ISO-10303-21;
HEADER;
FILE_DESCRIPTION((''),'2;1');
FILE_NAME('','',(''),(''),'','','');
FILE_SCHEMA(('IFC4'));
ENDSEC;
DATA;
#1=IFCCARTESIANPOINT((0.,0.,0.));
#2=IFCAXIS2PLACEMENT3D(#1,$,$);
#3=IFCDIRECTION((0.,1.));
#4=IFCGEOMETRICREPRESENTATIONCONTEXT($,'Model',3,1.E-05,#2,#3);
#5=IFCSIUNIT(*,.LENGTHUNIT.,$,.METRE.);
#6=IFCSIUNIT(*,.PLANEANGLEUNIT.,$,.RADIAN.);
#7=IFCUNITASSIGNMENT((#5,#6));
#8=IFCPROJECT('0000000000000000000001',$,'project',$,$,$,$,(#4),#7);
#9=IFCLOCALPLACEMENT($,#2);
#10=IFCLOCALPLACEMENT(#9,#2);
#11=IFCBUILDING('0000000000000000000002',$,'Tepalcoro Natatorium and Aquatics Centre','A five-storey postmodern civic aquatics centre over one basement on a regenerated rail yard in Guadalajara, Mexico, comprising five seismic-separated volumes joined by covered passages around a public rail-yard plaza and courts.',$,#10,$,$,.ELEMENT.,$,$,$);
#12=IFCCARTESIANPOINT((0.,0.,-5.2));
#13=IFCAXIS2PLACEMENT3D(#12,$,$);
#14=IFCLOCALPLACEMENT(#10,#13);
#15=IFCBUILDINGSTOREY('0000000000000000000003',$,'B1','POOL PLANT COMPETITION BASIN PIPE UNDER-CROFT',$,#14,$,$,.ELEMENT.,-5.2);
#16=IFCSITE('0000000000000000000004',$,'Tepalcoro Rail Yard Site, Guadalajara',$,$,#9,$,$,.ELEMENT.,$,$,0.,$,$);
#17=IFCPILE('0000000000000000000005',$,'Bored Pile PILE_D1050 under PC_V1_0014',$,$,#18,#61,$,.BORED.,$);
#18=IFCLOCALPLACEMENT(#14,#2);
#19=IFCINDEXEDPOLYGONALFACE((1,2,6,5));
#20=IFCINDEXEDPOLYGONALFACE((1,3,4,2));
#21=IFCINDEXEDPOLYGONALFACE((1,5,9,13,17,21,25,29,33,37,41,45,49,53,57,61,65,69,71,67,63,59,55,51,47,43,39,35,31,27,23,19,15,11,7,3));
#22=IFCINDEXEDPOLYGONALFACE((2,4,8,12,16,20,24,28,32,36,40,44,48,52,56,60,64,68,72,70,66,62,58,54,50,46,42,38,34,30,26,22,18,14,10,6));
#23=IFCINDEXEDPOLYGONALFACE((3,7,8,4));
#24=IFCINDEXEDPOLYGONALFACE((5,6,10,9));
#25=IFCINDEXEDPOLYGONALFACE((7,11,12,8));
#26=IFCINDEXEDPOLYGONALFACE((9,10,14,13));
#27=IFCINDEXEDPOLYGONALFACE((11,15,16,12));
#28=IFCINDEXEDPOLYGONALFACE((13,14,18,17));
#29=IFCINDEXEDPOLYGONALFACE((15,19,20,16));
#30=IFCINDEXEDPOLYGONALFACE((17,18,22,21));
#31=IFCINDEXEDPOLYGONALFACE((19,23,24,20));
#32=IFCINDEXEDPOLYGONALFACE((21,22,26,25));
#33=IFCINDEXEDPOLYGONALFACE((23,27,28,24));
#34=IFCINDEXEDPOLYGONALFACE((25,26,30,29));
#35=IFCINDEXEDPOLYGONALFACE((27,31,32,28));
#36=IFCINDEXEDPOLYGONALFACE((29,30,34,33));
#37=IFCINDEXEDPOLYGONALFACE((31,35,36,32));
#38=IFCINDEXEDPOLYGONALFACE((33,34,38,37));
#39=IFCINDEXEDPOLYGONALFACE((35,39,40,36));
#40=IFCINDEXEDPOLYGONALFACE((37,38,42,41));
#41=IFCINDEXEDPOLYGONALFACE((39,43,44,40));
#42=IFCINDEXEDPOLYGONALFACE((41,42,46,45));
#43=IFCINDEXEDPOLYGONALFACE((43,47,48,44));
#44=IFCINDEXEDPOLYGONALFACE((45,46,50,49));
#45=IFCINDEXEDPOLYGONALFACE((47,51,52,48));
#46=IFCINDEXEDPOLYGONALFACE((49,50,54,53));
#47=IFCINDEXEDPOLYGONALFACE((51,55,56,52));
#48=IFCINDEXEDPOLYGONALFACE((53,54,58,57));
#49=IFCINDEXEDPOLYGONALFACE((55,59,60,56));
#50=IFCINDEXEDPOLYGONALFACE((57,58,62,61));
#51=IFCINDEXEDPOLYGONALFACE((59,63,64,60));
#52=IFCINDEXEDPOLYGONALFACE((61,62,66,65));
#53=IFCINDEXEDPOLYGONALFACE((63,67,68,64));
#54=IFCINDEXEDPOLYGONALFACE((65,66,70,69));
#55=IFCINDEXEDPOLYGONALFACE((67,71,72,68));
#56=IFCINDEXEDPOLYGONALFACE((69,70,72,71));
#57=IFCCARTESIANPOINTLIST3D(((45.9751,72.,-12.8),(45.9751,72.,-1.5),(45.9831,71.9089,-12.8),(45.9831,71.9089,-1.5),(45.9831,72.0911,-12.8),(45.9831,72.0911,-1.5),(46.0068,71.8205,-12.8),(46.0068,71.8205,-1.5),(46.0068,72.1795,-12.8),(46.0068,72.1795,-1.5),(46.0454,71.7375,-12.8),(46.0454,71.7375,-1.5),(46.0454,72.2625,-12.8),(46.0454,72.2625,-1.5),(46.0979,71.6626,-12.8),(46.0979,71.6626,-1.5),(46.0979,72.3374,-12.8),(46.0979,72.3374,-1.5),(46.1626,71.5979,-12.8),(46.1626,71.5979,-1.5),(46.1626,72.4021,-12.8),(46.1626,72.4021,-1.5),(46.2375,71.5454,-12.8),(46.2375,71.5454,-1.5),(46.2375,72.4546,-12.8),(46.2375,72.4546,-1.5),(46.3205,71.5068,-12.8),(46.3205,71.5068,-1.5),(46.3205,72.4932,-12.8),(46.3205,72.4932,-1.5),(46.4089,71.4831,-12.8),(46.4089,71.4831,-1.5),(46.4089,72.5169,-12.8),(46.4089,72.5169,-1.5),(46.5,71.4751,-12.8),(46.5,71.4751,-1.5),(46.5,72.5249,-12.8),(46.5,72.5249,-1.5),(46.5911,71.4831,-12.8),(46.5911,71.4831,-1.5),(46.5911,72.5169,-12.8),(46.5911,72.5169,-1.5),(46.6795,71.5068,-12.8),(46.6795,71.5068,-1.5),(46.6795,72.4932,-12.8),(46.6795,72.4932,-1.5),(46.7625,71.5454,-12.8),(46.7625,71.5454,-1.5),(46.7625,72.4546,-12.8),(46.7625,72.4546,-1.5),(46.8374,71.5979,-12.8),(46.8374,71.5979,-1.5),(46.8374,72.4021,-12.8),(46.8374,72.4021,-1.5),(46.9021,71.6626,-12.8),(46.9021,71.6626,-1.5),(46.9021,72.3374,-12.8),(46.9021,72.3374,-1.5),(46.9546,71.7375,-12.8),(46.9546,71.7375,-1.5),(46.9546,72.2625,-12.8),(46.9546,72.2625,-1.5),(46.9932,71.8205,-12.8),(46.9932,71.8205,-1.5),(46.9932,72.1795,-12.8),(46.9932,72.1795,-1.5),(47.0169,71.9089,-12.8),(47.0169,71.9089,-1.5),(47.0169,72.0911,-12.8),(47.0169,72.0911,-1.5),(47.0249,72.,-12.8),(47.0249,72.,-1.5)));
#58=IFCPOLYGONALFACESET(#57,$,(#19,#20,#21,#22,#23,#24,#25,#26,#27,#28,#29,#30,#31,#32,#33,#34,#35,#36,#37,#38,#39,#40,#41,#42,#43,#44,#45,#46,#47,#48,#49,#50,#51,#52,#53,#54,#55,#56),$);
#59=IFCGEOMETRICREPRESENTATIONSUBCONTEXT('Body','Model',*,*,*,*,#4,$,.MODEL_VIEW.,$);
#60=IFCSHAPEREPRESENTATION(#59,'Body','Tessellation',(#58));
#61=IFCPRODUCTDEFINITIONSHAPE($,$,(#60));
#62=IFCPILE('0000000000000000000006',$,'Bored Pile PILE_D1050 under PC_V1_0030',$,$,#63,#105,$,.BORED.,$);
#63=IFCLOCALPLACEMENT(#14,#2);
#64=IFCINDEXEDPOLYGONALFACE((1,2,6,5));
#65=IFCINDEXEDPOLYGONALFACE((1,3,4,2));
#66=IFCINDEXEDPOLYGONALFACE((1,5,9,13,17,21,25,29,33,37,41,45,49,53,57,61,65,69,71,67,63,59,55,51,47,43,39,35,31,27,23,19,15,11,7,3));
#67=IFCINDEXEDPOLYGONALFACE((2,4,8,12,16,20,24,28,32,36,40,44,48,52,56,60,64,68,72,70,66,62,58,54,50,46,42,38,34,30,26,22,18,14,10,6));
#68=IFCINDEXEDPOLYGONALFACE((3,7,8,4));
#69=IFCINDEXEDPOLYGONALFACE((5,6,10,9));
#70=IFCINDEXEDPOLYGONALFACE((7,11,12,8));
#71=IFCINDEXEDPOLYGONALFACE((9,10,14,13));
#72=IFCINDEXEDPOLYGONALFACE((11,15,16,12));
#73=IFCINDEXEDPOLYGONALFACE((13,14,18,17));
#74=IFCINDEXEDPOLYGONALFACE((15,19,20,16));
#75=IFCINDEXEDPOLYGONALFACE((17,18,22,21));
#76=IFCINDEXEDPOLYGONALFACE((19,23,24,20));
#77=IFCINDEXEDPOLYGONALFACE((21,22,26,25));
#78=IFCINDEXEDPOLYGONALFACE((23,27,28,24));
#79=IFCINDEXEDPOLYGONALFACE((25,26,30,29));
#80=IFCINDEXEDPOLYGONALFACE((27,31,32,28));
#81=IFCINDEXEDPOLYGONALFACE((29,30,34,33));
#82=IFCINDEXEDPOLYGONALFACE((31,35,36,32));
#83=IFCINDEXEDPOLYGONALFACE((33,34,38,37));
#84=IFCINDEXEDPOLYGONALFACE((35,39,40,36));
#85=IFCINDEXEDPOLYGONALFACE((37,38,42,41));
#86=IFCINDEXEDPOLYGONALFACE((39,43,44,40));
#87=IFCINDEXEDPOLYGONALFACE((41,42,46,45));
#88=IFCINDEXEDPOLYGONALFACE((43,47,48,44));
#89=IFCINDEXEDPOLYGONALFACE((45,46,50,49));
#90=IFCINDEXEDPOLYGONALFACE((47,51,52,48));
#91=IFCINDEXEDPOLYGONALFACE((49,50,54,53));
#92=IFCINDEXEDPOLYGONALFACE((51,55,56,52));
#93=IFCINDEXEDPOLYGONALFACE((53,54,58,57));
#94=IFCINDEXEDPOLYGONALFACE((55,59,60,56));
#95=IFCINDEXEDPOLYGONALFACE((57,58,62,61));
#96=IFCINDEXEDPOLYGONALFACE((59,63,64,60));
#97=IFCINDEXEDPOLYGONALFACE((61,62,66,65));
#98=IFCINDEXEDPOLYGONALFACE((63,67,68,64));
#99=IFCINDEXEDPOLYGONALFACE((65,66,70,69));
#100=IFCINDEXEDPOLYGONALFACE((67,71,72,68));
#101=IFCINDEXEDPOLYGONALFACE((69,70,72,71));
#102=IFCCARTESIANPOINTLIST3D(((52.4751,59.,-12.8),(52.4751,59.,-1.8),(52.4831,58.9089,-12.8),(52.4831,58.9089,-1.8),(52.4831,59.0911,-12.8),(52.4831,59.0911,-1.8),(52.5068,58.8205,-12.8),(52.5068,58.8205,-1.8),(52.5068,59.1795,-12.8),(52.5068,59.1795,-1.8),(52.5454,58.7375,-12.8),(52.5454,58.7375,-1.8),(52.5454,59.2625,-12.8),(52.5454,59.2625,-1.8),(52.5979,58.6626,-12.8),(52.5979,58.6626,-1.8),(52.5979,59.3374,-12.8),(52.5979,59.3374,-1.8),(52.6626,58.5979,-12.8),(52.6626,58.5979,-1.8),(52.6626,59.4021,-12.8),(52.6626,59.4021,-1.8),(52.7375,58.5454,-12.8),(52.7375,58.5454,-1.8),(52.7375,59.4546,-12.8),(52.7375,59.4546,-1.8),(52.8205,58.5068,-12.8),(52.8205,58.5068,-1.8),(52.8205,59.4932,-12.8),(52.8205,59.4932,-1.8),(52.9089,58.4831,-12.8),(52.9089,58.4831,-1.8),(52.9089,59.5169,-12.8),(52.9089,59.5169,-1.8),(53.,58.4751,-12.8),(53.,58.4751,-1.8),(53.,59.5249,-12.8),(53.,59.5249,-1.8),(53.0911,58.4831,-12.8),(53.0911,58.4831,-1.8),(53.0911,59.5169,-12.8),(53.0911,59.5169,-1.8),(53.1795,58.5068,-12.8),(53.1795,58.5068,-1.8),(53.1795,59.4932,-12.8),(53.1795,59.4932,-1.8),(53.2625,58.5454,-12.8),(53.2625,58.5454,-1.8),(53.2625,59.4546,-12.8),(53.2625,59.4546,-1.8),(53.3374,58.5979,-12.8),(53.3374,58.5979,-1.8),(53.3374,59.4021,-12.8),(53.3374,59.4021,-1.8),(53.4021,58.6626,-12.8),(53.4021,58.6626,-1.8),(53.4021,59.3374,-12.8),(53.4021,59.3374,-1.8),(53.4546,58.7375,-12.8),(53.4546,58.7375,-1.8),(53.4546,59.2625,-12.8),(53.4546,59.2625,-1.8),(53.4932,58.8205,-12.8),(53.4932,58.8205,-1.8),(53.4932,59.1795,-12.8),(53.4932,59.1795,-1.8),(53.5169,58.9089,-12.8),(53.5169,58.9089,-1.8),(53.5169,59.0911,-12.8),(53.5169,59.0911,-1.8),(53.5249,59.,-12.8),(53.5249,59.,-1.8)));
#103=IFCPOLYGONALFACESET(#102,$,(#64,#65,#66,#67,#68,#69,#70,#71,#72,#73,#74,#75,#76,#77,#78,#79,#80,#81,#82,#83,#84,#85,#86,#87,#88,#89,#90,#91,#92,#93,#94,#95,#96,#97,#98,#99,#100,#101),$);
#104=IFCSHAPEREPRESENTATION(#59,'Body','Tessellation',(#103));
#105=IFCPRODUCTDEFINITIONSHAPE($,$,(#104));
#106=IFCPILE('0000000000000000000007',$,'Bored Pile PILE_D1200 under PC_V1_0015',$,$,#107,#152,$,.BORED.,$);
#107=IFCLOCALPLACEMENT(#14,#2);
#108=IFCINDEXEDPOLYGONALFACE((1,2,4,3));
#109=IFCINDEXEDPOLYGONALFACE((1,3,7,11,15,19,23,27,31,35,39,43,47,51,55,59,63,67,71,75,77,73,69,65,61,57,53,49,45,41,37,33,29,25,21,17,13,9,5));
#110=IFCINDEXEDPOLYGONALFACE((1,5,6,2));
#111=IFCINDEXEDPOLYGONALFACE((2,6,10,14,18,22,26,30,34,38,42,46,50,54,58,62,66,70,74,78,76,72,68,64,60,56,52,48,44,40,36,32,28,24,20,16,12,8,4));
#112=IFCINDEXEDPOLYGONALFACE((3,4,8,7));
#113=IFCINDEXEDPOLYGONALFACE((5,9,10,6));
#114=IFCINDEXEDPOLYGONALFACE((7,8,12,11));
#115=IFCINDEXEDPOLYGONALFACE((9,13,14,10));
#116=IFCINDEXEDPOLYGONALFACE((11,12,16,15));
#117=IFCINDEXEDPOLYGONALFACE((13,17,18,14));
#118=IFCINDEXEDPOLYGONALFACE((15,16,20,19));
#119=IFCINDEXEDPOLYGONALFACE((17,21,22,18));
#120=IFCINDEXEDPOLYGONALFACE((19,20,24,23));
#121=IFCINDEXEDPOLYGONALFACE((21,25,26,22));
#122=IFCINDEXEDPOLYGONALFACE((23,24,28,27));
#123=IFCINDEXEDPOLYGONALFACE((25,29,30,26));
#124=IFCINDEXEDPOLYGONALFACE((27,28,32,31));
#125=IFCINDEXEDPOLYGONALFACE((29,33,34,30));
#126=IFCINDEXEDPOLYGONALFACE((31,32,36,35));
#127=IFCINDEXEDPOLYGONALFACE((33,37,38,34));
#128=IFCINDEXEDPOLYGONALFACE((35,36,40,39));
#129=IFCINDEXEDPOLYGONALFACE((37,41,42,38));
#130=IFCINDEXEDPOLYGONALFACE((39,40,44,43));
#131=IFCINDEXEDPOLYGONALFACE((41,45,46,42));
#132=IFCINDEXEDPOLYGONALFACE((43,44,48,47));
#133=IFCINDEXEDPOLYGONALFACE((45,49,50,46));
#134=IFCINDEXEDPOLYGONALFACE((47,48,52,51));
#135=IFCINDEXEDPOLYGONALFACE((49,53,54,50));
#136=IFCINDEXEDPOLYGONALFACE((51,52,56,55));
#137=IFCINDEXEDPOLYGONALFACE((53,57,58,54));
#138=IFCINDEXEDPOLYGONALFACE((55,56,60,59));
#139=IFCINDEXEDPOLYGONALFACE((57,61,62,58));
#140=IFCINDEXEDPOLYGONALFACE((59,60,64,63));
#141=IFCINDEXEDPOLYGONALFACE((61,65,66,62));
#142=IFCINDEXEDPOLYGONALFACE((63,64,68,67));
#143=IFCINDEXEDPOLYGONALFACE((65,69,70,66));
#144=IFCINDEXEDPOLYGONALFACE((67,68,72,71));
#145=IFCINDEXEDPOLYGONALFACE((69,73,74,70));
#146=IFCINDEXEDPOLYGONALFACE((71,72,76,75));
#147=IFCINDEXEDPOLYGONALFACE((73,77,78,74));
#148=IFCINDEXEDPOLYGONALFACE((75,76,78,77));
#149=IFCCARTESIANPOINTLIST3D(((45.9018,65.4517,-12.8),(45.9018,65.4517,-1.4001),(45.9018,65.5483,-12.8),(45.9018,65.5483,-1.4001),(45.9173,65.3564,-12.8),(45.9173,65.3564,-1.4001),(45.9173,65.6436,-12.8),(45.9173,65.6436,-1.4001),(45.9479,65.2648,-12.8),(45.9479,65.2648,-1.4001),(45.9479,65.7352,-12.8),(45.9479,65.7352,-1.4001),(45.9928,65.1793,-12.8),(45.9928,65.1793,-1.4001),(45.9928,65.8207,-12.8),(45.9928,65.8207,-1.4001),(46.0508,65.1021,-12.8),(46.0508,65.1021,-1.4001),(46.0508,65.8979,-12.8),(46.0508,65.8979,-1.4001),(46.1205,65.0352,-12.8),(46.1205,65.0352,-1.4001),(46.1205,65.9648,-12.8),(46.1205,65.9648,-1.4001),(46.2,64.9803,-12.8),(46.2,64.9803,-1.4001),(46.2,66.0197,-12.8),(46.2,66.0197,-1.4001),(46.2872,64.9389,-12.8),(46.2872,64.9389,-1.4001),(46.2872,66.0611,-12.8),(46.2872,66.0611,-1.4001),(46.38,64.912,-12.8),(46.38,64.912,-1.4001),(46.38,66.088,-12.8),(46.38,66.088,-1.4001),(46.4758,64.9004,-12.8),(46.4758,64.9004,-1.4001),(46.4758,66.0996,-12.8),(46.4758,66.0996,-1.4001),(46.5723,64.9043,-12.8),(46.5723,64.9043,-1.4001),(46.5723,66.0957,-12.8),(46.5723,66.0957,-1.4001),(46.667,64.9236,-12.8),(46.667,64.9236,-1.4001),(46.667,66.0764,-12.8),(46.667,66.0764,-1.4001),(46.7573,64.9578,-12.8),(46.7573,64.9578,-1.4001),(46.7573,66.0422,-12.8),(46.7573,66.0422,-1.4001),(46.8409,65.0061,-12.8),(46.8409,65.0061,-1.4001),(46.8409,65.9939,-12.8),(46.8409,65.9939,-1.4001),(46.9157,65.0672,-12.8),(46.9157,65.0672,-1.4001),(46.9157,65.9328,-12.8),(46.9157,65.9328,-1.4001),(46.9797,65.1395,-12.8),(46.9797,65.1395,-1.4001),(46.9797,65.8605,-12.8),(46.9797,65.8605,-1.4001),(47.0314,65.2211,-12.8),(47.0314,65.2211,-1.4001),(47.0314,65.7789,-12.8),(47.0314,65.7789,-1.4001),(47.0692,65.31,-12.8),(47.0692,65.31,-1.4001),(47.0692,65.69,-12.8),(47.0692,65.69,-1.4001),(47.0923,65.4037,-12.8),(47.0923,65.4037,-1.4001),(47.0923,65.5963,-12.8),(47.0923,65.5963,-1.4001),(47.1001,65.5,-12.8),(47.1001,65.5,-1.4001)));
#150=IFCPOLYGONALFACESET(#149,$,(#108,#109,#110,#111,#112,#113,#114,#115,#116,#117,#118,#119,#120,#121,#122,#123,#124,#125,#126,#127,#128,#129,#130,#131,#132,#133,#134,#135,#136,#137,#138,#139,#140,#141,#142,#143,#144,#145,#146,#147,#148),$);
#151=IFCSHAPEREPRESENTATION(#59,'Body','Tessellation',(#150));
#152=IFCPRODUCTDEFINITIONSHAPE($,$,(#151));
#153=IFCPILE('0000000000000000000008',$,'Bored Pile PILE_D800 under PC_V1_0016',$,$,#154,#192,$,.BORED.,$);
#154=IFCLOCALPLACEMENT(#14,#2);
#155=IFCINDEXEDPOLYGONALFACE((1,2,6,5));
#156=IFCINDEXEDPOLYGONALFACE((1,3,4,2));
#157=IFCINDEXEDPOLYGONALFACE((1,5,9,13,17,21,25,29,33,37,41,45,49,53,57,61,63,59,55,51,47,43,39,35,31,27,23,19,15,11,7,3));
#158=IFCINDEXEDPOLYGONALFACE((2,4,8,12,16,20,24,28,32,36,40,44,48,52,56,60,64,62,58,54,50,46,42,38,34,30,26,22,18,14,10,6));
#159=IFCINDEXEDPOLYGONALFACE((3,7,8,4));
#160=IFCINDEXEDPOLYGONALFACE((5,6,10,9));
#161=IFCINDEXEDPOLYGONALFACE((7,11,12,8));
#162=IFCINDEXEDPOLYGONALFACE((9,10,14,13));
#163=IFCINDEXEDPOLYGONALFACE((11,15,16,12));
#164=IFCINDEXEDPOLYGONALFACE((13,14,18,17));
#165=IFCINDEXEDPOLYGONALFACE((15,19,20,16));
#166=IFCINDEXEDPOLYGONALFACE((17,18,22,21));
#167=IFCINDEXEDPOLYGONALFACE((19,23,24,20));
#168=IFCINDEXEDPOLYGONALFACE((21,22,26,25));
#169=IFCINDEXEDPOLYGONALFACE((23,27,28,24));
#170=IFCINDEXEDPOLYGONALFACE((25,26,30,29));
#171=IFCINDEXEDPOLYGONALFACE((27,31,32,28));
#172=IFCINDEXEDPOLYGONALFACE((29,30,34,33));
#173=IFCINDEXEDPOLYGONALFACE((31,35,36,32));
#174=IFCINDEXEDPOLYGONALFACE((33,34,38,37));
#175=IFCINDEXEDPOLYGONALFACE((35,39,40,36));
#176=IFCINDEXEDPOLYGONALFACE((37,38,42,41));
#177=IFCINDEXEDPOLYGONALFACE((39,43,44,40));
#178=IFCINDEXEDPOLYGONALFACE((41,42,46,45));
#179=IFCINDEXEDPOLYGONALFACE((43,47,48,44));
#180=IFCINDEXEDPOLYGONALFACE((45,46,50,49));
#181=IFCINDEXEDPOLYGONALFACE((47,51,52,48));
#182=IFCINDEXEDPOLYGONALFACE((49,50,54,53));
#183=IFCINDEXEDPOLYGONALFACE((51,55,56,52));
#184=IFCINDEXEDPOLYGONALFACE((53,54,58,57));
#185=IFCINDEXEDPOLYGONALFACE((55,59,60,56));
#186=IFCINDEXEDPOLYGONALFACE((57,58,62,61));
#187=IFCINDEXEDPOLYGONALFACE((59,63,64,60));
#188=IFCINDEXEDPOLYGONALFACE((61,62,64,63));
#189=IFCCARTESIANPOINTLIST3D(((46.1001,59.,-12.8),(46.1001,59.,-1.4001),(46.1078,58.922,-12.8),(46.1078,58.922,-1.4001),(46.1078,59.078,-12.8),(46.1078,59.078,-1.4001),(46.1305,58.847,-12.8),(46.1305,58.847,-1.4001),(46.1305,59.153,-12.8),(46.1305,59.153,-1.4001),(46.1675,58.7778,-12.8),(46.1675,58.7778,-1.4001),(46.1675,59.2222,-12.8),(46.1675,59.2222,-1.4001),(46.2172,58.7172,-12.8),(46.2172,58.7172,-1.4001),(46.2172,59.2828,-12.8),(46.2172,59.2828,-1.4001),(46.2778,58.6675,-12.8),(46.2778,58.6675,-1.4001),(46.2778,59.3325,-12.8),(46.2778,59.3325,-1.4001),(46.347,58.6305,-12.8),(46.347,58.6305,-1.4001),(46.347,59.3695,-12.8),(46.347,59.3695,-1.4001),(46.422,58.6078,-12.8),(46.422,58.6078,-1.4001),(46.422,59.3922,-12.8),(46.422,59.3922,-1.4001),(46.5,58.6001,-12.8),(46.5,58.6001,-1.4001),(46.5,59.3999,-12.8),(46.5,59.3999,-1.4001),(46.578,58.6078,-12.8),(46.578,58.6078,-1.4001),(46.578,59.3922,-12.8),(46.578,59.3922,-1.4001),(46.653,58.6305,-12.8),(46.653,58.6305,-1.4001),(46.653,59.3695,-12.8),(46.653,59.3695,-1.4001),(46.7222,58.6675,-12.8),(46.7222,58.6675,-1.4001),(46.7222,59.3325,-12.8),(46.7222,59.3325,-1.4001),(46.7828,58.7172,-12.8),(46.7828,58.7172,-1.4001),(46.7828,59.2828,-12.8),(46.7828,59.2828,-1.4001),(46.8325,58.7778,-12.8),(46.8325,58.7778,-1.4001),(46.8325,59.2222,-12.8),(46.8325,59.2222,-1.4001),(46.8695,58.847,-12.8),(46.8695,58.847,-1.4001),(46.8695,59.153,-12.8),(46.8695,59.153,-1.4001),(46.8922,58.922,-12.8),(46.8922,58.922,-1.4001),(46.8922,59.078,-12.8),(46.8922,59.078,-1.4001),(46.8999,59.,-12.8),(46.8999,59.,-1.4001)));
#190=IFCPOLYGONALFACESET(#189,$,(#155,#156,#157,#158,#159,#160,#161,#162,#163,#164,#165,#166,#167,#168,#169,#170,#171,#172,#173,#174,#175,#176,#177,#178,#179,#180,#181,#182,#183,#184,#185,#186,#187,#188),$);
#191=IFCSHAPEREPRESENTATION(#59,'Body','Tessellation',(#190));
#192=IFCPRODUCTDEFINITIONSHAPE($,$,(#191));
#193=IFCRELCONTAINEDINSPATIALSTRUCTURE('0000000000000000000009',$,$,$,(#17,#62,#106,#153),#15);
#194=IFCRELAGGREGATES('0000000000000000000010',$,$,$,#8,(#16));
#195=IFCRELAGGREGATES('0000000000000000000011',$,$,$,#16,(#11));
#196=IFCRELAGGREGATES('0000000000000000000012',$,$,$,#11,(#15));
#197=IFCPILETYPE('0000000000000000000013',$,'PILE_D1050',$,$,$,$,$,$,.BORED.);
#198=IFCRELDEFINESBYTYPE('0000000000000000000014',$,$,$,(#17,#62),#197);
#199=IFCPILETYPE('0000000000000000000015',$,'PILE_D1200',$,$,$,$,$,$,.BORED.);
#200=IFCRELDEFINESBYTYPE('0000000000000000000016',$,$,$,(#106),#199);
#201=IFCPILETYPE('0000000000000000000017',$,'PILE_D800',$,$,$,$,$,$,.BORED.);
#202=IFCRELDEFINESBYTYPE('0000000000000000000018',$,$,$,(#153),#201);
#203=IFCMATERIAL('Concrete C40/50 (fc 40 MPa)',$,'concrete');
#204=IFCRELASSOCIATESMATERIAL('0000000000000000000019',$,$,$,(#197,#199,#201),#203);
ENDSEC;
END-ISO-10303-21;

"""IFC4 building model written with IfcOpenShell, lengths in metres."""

from ifc_helpers import new_model, si_unit, direction, frame, origin, origin_2d, place, context, subcontext, project, spatial, circle, extrude, material, material_profile, profile_set, type_object, element, save


model = new_model("IFC4")

# Units and contexts
model_context = context("Model", 3, precision=1e-05, world=origin(), true_north=direction((0.0, 1.0)))
body_context = subcontext(model_context, "Body", "Model", "MODEL_VIEW")
ifc_project = project(units=[si_unit("LENGTHUNIT", "METRE"), si_unit("PLANEANGLEUNIT", "RADIAN")], contexts=[model_context])

# Site, building, storey
site_placement = place(None, origin())
site = spatial("IfcSite", under=ifc_project, at=site_placement, Name="Tepalcoro Rail Yard Site, Guadalajara", CompositionType="ELEMENT", RefElevation=0.0)
building_placement = place(site_placement, origin())
building = spatial("IfcBuilding", under=site, at=building_placement, Name="Tepalcoro Natatorium and Aquatics Centre", Description="A five-storey postmodern civic aquatics centre over one basement on a regenerated rail yard in Guadalajara, Mexico, comprising five seismic-separated volumes joined by covered passages around a public rail-yard plaza and courts.", CompositionType="ELEMENT")
storey_placement = place(building_placement, frame((0.0, 0.0, -5.2)))
storey = spatial("IfcBuildingStorey", under=building, at=storey_placement, Name="B1", Description="POOL PLANT COMPETITION BASIN PIPE UNDER-CROFT", CompositionType="ELEMENT", Elevation=-5.2)

# Piles
ifc_material_1 = material(Name="Concrete C40/50 (fc 40 MPa)", Category="concrete")
ifc_material_profile_1 = material_profile(ifc_material_1, circle(Radius=0.5249, at=origin_2d()), Name="PILE_D1050")
ifc_profile_set_1 = profile_set([ifc_material_profile_1], Name="Concrete C40/50 (fc 40 MPa)")
pile_type_1 = type_object("IfcPileType", Name="PILE_D1050", PredefinedType="BORED", material=ifc_profile_set_1)
pile_1_placement = place(storey_placement, frame((46.5, 72.0, -1.5), z_axis=(0.0, 0.0, -1.0), x_axis=(1.0, 0.0, 0.0)))
element("IfcPile", 1, at=pile_1_placement, inside=storey, type_object=pile_type_1, Name="Bored Pile PILE_D1050 under PC_V1_0014", PredefinedType="BORED", context=body_context, shape_type="SweptSolid", body=[
    extrude(circle(Radius=0.5249, at=origin_2d()), origin(), (0.0, 0.0, 1.0), 11.3),
])
pile_2_placement = place(storey_placement, frame((53.0, 59.0, -1.8), z_axis=(0.0, 0.0, -1.0), x_axis=(1.0, 0.0, 0.0)))
element("IfcPile", 2, at=pile_2_placement, inside=storey, type_object=pile_type_1, Name="Bored Pile PILE_D1050 under PC_V1_0030", PredefinedType="BORED", context=body_context, shape_type="SweptSolid", body=[
    extrude(circle(Radius=0.5249, at=origin_2d()), origin(), (0.0, 0.0, 1.0), 11.0),
])
ifc_material_profile_2 = material_profile(ifc_material_1, circle(Radius=0.6001, at=origin_2d()), Name="PILE_D1200")
ifc_profile_set_2 = profile_set([ifc_material_profile_2], Name="Concrete C40/50 (fc 40 MPa)")
pile_type_2 = type_object("IfcPileType", Name="PILE_D1200", PredefinedType="BORED", material=ifc_profile_set_2)
pile_3_placement = place(storey_placement, frame((46.5, 65.5, -1.4001), z_axis=(0.0, 0.0, -1.0), x_axis=(1.0, 0.0, 0.0)))
element("IfcPile", 3, at=pile_3_placement, inside=storey, type_object=pile_type_2, Name="Bored Pile PILE_D1200 under PC_V1_0015", PredefinedType="BORED", context=body_context, shape_type="SweptSolid", body=[
    extrude(circle(Radius=0.6001, at=origin_2d()), origin(), (0.0, 0.0, 1.0), 11.3999),
])
ifc_material_profile_3 = material_profile(ifc_material_1, circle(Radius=0.3999, at=origin_2d()), Name="PILE_D800")
ifc_profile_set_3 = profile_set([ifc_material_profile_3], Name="Concrete C40/50 (fc 40 MPa)")
pile_type_3 = type_object("IfcPileType", Name="PILE_D800", PredefinedType="BORED", material=ifc_profile_set_3)
pile_4_placement = place(storey_placement, frame((46.5, 59.0, -1.4001), z_axis=(0.0, 0.0, -1.0), x_axis=(1.0, 0.0, 0.0)))
element("IfcPile", 4, at=pile_4_placement, inside=storey, type_object=pile_type_3, Name="Bored Pile PILE_D800 under PC_V1_0016", PredefinedType="BORED", context=body_context, shape_type="SweptSolid", body=[
    extrude(circle(Radius=0.3999, at=origin_2d()), origin(), (0.0, 0.0, 1.0), 11.3999),
])

save(model, "model.ifc")
